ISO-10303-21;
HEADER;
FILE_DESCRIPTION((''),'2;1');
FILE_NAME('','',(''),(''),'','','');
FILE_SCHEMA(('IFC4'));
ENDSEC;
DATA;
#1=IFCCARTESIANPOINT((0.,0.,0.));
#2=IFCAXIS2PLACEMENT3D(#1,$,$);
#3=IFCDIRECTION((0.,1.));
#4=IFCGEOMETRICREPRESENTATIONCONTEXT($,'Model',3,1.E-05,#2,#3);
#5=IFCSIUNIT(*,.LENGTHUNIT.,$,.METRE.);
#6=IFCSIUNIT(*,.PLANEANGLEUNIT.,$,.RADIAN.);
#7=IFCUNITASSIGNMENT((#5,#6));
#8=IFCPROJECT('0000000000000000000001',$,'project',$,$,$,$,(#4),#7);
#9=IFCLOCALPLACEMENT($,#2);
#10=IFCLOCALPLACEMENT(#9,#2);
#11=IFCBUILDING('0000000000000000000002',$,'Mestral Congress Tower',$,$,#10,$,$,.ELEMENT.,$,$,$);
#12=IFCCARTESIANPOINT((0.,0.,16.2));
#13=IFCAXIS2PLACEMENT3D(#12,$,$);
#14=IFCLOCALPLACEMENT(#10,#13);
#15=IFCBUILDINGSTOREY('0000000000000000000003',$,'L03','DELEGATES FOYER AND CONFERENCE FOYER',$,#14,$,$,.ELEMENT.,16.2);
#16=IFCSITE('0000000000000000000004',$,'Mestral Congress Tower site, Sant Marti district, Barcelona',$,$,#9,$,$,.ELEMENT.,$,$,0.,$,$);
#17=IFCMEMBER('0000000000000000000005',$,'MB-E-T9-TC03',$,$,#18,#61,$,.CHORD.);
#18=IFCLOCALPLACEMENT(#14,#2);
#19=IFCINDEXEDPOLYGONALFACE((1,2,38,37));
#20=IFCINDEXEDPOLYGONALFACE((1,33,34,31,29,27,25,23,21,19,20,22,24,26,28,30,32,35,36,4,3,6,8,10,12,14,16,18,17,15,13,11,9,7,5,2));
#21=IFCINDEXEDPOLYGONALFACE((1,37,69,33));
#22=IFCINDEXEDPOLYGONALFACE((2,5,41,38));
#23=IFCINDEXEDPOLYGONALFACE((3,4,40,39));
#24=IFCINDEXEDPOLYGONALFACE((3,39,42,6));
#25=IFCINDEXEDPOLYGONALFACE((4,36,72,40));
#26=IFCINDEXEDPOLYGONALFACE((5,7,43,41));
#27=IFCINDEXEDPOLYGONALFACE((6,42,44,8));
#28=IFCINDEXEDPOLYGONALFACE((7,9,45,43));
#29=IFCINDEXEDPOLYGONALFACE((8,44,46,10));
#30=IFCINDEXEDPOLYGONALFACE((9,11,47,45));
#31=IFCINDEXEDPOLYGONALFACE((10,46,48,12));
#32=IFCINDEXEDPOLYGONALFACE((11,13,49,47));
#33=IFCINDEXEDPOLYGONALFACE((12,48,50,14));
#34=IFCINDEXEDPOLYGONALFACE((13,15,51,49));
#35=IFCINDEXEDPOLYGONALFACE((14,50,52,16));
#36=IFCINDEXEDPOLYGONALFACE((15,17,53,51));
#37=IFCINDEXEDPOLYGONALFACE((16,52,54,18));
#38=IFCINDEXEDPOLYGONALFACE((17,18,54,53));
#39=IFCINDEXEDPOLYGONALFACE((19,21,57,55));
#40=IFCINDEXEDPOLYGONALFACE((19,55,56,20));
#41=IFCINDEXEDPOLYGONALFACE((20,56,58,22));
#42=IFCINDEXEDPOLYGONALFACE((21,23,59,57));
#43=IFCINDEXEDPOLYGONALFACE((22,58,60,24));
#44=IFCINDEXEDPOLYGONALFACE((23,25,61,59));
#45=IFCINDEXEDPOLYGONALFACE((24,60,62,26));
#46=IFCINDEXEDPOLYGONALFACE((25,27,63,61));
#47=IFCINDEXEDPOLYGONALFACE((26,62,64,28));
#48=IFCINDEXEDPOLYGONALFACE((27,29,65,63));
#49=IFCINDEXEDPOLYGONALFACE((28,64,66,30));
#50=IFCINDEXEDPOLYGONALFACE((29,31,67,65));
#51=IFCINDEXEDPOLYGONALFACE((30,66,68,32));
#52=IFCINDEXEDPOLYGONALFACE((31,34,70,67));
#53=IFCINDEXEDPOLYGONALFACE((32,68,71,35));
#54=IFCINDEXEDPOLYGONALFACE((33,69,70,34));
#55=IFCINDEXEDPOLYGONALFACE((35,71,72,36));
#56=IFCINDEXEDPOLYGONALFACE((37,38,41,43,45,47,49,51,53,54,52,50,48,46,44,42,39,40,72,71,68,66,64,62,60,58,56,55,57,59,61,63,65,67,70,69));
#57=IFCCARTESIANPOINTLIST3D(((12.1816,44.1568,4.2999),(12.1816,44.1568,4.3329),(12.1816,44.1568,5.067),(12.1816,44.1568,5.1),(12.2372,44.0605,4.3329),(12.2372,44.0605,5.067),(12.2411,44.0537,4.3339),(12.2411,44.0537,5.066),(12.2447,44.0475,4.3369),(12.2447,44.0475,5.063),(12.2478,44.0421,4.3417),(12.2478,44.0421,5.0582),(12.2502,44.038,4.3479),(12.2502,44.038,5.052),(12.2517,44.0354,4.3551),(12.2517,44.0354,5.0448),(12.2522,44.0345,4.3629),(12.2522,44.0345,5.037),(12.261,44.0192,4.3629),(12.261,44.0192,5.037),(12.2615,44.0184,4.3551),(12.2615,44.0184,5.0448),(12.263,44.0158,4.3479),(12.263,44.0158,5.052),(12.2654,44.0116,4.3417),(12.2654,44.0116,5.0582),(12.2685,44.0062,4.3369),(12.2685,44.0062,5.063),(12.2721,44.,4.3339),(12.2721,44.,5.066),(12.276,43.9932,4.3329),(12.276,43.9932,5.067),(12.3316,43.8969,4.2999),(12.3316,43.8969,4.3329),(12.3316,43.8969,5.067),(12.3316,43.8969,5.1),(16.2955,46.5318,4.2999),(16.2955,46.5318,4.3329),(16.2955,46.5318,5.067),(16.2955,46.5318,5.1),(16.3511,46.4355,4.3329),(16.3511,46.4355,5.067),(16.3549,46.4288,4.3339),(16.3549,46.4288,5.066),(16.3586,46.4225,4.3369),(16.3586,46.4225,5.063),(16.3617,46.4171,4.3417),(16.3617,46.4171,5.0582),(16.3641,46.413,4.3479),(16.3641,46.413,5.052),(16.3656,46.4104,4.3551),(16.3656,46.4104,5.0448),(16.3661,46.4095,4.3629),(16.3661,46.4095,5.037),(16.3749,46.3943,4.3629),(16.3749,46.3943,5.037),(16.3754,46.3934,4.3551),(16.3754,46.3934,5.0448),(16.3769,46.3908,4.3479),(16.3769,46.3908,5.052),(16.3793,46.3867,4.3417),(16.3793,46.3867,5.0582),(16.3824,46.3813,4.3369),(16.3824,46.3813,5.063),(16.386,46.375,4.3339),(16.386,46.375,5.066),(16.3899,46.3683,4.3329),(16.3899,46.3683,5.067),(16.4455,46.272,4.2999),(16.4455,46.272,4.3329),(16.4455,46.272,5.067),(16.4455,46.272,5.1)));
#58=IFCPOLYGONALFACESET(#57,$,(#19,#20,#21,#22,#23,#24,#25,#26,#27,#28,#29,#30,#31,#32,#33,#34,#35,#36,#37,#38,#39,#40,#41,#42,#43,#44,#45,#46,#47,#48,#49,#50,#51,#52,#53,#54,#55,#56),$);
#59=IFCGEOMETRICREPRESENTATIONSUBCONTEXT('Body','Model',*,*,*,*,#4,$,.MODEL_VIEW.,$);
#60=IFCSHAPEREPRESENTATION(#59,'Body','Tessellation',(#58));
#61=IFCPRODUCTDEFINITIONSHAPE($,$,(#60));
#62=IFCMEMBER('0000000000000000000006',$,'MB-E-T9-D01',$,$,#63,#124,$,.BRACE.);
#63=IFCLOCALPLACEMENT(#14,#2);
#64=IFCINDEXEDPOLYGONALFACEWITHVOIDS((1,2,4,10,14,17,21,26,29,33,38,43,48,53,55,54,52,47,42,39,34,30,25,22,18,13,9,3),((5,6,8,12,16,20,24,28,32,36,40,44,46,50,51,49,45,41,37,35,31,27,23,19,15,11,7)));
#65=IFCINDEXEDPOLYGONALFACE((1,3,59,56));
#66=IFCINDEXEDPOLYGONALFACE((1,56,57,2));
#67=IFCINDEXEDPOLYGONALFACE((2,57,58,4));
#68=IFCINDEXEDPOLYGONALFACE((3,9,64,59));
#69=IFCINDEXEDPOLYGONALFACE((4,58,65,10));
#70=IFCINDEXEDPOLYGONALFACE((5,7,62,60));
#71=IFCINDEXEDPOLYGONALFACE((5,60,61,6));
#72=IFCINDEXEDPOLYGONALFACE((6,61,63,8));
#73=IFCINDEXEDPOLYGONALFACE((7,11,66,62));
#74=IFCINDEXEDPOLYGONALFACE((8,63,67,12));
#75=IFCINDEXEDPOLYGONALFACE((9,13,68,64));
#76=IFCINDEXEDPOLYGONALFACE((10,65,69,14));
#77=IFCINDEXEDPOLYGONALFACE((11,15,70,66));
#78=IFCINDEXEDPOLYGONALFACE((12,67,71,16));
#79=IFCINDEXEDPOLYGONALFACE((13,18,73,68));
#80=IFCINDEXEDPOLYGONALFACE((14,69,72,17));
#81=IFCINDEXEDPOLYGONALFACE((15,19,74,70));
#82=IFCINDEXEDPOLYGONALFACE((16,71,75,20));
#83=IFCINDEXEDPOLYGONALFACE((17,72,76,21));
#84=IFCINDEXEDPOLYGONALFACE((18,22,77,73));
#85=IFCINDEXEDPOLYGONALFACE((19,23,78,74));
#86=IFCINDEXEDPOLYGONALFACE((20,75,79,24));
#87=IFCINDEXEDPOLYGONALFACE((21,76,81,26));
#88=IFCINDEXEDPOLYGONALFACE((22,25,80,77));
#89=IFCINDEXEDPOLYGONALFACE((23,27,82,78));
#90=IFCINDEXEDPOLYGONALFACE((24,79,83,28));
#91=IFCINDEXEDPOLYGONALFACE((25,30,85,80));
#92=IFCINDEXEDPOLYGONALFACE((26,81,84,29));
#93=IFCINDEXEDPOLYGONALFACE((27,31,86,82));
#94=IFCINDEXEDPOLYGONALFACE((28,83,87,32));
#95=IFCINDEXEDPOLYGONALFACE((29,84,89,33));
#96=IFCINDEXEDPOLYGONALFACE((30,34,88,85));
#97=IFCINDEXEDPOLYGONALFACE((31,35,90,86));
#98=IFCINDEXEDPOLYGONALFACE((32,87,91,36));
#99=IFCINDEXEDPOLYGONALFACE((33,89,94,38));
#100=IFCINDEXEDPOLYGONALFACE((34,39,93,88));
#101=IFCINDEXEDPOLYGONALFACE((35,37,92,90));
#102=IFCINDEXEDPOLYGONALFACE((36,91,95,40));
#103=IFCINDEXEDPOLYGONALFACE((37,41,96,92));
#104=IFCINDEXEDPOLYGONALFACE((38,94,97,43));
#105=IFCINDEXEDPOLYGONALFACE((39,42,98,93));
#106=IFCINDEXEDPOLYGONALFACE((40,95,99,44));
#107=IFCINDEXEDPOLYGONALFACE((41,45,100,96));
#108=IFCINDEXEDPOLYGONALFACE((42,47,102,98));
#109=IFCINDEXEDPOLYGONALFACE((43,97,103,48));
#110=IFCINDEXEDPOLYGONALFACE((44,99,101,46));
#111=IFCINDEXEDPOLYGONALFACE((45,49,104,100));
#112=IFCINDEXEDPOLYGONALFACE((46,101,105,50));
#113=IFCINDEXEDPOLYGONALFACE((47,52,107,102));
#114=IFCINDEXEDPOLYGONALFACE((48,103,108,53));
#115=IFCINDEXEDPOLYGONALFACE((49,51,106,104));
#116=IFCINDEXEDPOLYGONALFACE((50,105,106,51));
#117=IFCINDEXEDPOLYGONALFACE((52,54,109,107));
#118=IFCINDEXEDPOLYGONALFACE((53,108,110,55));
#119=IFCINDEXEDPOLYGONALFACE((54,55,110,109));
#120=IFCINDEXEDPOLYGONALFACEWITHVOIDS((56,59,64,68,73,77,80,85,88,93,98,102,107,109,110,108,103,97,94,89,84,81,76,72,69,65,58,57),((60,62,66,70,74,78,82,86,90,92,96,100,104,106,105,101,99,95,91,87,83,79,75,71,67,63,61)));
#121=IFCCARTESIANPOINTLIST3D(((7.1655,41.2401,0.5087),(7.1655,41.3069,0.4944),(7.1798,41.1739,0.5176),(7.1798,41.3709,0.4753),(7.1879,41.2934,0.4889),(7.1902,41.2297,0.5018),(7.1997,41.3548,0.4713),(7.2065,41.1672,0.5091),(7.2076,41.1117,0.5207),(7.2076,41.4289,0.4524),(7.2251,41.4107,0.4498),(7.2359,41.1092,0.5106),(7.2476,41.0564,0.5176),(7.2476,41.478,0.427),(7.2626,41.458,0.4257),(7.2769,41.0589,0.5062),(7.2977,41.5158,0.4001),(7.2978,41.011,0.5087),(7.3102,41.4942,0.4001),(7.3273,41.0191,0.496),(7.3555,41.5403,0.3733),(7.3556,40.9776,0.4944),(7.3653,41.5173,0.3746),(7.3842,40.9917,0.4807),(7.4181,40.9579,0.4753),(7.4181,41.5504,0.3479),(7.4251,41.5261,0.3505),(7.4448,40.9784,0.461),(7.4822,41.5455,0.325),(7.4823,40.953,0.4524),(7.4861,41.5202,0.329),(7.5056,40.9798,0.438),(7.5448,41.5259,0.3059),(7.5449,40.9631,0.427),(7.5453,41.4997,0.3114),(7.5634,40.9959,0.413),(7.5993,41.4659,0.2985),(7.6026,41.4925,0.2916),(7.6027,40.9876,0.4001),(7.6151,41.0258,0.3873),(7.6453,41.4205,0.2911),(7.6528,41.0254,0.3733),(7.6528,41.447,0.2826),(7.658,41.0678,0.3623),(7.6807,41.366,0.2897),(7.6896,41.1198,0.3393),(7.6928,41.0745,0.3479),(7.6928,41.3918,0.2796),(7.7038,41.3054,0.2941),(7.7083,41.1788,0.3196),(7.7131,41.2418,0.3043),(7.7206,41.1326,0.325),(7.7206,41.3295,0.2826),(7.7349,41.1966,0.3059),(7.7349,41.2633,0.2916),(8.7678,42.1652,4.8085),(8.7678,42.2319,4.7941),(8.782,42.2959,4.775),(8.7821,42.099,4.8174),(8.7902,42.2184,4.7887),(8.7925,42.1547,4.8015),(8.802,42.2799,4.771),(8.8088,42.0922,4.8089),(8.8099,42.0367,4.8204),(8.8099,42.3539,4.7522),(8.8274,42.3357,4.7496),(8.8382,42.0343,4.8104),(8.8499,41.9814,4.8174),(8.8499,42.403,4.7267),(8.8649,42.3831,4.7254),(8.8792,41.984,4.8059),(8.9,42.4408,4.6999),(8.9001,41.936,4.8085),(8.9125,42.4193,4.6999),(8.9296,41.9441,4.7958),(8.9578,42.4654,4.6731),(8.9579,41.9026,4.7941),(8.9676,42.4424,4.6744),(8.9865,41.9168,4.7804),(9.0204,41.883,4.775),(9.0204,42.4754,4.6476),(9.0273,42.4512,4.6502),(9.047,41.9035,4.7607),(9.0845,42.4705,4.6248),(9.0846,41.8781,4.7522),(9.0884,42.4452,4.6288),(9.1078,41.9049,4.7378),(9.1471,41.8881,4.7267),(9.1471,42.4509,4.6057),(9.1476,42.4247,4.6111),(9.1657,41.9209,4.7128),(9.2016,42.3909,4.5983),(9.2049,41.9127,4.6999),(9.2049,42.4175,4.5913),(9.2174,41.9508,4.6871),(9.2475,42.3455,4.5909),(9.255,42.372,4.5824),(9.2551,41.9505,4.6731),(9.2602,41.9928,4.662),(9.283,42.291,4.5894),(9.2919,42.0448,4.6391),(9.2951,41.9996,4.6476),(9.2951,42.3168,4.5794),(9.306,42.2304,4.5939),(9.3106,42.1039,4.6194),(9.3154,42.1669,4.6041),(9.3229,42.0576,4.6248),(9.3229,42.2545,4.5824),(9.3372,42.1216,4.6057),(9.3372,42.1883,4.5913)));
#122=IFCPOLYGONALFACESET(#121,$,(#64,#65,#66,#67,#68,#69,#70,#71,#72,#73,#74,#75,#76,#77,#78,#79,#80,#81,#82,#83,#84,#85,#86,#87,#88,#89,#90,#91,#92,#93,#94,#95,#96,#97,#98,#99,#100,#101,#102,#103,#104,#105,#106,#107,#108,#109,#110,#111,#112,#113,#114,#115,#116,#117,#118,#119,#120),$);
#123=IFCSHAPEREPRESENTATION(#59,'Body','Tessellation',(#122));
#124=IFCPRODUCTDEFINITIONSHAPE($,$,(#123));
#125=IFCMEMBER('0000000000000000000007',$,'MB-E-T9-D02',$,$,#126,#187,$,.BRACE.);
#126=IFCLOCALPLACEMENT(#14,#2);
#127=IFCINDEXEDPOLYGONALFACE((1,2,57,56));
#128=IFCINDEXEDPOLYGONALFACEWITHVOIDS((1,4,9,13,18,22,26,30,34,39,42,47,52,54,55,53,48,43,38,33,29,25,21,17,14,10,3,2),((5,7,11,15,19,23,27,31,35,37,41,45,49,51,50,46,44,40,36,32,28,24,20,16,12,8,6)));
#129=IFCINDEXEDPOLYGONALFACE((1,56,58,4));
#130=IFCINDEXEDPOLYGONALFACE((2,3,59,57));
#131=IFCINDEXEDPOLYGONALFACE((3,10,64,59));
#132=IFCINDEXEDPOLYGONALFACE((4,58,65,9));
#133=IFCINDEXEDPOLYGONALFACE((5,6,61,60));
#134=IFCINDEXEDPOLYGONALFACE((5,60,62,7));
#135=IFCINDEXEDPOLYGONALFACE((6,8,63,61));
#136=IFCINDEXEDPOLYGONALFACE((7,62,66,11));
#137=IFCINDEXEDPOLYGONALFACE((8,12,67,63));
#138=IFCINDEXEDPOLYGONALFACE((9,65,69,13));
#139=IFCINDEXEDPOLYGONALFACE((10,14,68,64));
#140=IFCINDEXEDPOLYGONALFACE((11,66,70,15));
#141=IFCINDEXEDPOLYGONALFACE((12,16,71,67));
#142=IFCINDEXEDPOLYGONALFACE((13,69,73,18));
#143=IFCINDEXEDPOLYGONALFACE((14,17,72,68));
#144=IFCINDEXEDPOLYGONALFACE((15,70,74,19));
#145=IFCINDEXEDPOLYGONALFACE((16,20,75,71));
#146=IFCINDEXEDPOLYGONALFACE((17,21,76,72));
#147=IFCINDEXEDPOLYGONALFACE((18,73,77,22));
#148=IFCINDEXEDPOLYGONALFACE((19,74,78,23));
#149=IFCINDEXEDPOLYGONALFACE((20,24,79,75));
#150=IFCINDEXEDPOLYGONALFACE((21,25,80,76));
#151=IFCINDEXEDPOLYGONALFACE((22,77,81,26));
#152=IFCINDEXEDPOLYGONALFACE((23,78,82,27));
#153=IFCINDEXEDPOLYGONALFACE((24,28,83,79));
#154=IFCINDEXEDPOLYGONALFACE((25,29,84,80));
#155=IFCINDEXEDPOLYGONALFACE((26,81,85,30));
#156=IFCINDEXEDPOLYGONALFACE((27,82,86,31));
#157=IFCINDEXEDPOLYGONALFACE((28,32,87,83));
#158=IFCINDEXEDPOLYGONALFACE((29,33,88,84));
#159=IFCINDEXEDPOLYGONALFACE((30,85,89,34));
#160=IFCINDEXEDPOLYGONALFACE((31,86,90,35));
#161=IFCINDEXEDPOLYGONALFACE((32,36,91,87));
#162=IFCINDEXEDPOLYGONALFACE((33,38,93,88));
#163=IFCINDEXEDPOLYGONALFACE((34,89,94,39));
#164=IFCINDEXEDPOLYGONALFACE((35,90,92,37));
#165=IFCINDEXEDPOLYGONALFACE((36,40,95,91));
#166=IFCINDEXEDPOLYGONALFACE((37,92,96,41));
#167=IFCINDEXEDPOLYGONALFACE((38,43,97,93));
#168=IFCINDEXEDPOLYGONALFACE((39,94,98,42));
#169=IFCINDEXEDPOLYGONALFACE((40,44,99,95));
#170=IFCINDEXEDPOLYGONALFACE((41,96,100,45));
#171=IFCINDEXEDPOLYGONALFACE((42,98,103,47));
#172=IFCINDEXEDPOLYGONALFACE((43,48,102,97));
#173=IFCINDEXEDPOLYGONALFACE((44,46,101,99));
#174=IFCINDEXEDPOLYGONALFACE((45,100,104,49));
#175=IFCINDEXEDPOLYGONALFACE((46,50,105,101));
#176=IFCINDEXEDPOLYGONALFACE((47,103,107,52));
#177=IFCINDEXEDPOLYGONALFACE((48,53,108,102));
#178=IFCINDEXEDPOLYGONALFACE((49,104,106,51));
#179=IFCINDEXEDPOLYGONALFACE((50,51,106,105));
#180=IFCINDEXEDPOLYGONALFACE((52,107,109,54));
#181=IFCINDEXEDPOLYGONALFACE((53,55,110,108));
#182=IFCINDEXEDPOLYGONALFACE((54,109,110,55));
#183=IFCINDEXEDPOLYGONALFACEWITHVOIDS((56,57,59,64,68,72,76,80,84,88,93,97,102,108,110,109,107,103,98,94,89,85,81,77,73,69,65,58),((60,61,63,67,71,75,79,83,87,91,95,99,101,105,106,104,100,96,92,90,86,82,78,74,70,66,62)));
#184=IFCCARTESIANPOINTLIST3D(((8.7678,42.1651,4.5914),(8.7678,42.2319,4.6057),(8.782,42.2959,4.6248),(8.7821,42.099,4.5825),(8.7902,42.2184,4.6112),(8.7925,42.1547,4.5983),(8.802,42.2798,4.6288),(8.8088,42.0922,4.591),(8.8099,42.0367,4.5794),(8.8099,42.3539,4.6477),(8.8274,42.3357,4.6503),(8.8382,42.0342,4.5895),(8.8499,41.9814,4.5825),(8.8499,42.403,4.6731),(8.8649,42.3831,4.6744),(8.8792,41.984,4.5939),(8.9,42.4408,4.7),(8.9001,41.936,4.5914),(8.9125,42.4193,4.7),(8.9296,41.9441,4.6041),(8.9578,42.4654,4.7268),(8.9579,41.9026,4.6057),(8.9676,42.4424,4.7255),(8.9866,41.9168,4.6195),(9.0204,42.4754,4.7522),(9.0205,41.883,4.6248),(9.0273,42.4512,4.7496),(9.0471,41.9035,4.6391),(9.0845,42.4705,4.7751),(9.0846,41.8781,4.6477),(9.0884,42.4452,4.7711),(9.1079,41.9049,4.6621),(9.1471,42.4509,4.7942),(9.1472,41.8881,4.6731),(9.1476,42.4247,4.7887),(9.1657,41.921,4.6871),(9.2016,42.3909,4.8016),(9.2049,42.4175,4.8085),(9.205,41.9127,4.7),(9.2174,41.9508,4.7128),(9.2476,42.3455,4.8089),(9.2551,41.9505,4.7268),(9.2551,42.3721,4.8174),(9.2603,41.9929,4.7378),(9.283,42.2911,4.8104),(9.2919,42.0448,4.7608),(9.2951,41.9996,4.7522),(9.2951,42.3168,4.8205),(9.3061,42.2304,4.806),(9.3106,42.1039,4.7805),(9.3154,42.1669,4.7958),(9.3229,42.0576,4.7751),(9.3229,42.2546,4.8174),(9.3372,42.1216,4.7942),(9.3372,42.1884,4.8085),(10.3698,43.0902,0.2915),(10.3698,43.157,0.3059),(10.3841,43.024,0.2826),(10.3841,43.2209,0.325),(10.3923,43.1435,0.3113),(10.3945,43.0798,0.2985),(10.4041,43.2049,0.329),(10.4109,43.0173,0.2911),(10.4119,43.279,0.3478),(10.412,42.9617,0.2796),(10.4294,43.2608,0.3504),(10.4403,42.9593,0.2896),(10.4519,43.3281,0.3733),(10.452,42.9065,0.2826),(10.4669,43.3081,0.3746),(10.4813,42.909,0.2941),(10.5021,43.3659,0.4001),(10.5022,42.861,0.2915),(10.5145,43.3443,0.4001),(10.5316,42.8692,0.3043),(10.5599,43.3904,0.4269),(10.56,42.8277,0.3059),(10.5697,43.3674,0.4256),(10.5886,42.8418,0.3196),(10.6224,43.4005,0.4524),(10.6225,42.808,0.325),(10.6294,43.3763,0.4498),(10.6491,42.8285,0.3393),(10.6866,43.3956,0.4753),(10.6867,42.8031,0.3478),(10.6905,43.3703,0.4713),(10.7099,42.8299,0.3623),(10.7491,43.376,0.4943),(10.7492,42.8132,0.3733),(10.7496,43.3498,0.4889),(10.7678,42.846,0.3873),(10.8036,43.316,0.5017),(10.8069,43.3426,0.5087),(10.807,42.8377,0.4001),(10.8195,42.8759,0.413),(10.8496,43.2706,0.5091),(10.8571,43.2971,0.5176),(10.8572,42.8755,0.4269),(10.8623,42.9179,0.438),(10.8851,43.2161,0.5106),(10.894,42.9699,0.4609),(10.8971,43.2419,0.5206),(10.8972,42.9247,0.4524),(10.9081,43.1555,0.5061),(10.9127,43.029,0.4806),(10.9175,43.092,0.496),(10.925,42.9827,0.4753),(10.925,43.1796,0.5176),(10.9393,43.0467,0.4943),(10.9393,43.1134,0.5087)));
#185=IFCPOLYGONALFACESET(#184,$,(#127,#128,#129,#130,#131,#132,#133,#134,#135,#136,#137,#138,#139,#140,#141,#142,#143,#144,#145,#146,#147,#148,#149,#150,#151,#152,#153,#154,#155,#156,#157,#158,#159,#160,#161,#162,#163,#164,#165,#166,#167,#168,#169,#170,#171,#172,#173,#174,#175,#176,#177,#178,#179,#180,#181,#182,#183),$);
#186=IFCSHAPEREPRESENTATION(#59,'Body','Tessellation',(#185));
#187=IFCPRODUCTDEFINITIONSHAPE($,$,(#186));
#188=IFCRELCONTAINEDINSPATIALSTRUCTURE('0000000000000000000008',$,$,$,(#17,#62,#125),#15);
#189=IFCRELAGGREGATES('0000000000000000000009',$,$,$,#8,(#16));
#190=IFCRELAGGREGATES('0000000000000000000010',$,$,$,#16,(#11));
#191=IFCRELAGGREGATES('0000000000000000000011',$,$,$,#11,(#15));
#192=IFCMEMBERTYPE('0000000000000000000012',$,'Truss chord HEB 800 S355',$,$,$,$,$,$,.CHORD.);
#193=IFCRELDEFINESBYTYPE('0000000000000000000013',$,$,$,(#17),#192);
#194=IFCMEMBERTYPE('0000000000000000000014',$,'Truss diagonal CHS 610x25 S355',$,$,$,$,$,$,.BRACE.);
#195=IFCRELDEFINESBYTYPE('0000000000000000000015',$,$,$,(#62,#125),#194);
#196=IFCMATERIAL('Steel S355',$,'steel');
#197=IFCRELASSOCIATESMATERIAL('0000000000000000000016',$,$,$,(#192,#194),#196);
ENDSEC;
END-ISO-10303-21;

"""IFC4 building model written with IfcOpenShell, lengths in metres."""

from ifc_helpers import new_model, si_unit, direction, frame, origin, origin_2d, place, context, subcontext, project, spatial, hollow_circle, i_section, extrude, material, material_profile, profile_set, type_object, element, save


model = new_model("IFC4")

# Units and contexts
model_context = context("Model", 3, precision=1e-05, world=origin(), true_north=direction((0.0, 1.0)))
body_context = subcontext(model_context, "Body", "Model", "MODEL_VIEW")
ifc_project = project(units=[si_unit("LENGTHUNIT", "METRE"), si_unit("PLANEANGLEUNIT", "RADIAN")], contexts=[model_context])

# Site, building, storey
site_placement = place(None, origin())
site = spatial("IfcSite", under=ifc_project, at=site_placement, Name="Mestral Congress Tower site, Sant Marti district, Barcelona", CompositionType="ELEMENT", RefElevation=0.0)
building_placement = place(site_placement, origin())
building = spatial("IfcBuilding", under=site, at=building_placement, Name="Mestral Congress Tower", CompositionType="ELEMENT")
storey_placement = place(building_placement, frame((0.0, 0.0, 16.2)))
storey = spatial("IfcBuildingStorey", under=building, at=storey_placement, Name="L03", Description="DELEGATES FOYER AND CONFERENCE FOYER", CompositionType="ELEMENT", Elevation=16.2)

# Shared definitions
ifc_material_1 = material(Name="Steel S355", Category="steel")

# Members
ifc_material_profile_1 = material_profile(ifc_material_1, i_section(OverallWidth=0.3, OverallDepth=0.8, WebThickness=0.0176, FlangeThickness=0.033, FilletRadius=0.03, at=origin_2d()), Name="HEB 800")
ifc_profile_set_1 = profile_set([ifc_material_profile_1], Name="Steel S355")
member_type_1 = type_object("IfcMemberType", Name="Truss chord HEB 800 S355", PredefinedType="CHORD", material=ifc_profile_set_1)
member_1_placement = place(storey_placement, frame((12.2566, 44.0269, 4.7), z_axis=(0.866033, 0.499986, 0.0), x_axis=(-0.499986, 0.866033, 0.0)))
element("IfcMember", 1, at=member_1_placement, inside=storey, type_object=member_type_1, Name="MB-E-T9-TC03", PredefinedType="CHORD", context=body_context, shape_type="SweptSolid", body=[
    extrude(i_section(OverallWidth=0.3, OverallDepth=0.8, WebThickness=0.0176, FlangeThickness=0.033, FilletRadius=0.03, at=origin_2d()), origin(), (0.0, 0.0, 1.0), 4.7502),
])
ifc_material_profile_2 = material_profile(ifc_material_1, hollow_circle(Radius=0.3049, WallThickness=0.0249, at=origin_2d()), Name="CHS 610x25")
ifc_profile_set_2 = profile_set([ifc_material_profile_2], Name="Steel S355")
member_type_2 = type_object("IfcMemberType", Name="Truss diagonal CHS 610x25 S355", PredefinedType="BRACE", material=ifc_profile_set_2)
for number, where, z_axis, x_axis, name in (
    (2, (7.4502, 41.2517, 0.4001), (0.342301, 0.197619, 0.918573), (-0.499985, 0.866034, 0.0), "MB-E-T9-D01"),
    (3, (9.0525, 42.1768, 4.7), (0.342254, 0.197623, -0.91859), (-0.500042, 0.866001, 0.0), "MB-E-T9-D02"),
):
    element("IfcMember", number, at=place(storey_placement, frame(where, z_axis=z_axis, x_axis=x_axis)), inside=storey, type_object=member_type_2, Name=name, PredefinedType="BRACE", context=body_context, shape_type="SweptSolid", body=[
        extrude(hollow_circle(Radius=0.3049, WallThickness=0.0249, at=origin_2d()), origin(), (0.0, 0.0, 1.0), 4.6809),
    ])

save(model, "model.ifc")
